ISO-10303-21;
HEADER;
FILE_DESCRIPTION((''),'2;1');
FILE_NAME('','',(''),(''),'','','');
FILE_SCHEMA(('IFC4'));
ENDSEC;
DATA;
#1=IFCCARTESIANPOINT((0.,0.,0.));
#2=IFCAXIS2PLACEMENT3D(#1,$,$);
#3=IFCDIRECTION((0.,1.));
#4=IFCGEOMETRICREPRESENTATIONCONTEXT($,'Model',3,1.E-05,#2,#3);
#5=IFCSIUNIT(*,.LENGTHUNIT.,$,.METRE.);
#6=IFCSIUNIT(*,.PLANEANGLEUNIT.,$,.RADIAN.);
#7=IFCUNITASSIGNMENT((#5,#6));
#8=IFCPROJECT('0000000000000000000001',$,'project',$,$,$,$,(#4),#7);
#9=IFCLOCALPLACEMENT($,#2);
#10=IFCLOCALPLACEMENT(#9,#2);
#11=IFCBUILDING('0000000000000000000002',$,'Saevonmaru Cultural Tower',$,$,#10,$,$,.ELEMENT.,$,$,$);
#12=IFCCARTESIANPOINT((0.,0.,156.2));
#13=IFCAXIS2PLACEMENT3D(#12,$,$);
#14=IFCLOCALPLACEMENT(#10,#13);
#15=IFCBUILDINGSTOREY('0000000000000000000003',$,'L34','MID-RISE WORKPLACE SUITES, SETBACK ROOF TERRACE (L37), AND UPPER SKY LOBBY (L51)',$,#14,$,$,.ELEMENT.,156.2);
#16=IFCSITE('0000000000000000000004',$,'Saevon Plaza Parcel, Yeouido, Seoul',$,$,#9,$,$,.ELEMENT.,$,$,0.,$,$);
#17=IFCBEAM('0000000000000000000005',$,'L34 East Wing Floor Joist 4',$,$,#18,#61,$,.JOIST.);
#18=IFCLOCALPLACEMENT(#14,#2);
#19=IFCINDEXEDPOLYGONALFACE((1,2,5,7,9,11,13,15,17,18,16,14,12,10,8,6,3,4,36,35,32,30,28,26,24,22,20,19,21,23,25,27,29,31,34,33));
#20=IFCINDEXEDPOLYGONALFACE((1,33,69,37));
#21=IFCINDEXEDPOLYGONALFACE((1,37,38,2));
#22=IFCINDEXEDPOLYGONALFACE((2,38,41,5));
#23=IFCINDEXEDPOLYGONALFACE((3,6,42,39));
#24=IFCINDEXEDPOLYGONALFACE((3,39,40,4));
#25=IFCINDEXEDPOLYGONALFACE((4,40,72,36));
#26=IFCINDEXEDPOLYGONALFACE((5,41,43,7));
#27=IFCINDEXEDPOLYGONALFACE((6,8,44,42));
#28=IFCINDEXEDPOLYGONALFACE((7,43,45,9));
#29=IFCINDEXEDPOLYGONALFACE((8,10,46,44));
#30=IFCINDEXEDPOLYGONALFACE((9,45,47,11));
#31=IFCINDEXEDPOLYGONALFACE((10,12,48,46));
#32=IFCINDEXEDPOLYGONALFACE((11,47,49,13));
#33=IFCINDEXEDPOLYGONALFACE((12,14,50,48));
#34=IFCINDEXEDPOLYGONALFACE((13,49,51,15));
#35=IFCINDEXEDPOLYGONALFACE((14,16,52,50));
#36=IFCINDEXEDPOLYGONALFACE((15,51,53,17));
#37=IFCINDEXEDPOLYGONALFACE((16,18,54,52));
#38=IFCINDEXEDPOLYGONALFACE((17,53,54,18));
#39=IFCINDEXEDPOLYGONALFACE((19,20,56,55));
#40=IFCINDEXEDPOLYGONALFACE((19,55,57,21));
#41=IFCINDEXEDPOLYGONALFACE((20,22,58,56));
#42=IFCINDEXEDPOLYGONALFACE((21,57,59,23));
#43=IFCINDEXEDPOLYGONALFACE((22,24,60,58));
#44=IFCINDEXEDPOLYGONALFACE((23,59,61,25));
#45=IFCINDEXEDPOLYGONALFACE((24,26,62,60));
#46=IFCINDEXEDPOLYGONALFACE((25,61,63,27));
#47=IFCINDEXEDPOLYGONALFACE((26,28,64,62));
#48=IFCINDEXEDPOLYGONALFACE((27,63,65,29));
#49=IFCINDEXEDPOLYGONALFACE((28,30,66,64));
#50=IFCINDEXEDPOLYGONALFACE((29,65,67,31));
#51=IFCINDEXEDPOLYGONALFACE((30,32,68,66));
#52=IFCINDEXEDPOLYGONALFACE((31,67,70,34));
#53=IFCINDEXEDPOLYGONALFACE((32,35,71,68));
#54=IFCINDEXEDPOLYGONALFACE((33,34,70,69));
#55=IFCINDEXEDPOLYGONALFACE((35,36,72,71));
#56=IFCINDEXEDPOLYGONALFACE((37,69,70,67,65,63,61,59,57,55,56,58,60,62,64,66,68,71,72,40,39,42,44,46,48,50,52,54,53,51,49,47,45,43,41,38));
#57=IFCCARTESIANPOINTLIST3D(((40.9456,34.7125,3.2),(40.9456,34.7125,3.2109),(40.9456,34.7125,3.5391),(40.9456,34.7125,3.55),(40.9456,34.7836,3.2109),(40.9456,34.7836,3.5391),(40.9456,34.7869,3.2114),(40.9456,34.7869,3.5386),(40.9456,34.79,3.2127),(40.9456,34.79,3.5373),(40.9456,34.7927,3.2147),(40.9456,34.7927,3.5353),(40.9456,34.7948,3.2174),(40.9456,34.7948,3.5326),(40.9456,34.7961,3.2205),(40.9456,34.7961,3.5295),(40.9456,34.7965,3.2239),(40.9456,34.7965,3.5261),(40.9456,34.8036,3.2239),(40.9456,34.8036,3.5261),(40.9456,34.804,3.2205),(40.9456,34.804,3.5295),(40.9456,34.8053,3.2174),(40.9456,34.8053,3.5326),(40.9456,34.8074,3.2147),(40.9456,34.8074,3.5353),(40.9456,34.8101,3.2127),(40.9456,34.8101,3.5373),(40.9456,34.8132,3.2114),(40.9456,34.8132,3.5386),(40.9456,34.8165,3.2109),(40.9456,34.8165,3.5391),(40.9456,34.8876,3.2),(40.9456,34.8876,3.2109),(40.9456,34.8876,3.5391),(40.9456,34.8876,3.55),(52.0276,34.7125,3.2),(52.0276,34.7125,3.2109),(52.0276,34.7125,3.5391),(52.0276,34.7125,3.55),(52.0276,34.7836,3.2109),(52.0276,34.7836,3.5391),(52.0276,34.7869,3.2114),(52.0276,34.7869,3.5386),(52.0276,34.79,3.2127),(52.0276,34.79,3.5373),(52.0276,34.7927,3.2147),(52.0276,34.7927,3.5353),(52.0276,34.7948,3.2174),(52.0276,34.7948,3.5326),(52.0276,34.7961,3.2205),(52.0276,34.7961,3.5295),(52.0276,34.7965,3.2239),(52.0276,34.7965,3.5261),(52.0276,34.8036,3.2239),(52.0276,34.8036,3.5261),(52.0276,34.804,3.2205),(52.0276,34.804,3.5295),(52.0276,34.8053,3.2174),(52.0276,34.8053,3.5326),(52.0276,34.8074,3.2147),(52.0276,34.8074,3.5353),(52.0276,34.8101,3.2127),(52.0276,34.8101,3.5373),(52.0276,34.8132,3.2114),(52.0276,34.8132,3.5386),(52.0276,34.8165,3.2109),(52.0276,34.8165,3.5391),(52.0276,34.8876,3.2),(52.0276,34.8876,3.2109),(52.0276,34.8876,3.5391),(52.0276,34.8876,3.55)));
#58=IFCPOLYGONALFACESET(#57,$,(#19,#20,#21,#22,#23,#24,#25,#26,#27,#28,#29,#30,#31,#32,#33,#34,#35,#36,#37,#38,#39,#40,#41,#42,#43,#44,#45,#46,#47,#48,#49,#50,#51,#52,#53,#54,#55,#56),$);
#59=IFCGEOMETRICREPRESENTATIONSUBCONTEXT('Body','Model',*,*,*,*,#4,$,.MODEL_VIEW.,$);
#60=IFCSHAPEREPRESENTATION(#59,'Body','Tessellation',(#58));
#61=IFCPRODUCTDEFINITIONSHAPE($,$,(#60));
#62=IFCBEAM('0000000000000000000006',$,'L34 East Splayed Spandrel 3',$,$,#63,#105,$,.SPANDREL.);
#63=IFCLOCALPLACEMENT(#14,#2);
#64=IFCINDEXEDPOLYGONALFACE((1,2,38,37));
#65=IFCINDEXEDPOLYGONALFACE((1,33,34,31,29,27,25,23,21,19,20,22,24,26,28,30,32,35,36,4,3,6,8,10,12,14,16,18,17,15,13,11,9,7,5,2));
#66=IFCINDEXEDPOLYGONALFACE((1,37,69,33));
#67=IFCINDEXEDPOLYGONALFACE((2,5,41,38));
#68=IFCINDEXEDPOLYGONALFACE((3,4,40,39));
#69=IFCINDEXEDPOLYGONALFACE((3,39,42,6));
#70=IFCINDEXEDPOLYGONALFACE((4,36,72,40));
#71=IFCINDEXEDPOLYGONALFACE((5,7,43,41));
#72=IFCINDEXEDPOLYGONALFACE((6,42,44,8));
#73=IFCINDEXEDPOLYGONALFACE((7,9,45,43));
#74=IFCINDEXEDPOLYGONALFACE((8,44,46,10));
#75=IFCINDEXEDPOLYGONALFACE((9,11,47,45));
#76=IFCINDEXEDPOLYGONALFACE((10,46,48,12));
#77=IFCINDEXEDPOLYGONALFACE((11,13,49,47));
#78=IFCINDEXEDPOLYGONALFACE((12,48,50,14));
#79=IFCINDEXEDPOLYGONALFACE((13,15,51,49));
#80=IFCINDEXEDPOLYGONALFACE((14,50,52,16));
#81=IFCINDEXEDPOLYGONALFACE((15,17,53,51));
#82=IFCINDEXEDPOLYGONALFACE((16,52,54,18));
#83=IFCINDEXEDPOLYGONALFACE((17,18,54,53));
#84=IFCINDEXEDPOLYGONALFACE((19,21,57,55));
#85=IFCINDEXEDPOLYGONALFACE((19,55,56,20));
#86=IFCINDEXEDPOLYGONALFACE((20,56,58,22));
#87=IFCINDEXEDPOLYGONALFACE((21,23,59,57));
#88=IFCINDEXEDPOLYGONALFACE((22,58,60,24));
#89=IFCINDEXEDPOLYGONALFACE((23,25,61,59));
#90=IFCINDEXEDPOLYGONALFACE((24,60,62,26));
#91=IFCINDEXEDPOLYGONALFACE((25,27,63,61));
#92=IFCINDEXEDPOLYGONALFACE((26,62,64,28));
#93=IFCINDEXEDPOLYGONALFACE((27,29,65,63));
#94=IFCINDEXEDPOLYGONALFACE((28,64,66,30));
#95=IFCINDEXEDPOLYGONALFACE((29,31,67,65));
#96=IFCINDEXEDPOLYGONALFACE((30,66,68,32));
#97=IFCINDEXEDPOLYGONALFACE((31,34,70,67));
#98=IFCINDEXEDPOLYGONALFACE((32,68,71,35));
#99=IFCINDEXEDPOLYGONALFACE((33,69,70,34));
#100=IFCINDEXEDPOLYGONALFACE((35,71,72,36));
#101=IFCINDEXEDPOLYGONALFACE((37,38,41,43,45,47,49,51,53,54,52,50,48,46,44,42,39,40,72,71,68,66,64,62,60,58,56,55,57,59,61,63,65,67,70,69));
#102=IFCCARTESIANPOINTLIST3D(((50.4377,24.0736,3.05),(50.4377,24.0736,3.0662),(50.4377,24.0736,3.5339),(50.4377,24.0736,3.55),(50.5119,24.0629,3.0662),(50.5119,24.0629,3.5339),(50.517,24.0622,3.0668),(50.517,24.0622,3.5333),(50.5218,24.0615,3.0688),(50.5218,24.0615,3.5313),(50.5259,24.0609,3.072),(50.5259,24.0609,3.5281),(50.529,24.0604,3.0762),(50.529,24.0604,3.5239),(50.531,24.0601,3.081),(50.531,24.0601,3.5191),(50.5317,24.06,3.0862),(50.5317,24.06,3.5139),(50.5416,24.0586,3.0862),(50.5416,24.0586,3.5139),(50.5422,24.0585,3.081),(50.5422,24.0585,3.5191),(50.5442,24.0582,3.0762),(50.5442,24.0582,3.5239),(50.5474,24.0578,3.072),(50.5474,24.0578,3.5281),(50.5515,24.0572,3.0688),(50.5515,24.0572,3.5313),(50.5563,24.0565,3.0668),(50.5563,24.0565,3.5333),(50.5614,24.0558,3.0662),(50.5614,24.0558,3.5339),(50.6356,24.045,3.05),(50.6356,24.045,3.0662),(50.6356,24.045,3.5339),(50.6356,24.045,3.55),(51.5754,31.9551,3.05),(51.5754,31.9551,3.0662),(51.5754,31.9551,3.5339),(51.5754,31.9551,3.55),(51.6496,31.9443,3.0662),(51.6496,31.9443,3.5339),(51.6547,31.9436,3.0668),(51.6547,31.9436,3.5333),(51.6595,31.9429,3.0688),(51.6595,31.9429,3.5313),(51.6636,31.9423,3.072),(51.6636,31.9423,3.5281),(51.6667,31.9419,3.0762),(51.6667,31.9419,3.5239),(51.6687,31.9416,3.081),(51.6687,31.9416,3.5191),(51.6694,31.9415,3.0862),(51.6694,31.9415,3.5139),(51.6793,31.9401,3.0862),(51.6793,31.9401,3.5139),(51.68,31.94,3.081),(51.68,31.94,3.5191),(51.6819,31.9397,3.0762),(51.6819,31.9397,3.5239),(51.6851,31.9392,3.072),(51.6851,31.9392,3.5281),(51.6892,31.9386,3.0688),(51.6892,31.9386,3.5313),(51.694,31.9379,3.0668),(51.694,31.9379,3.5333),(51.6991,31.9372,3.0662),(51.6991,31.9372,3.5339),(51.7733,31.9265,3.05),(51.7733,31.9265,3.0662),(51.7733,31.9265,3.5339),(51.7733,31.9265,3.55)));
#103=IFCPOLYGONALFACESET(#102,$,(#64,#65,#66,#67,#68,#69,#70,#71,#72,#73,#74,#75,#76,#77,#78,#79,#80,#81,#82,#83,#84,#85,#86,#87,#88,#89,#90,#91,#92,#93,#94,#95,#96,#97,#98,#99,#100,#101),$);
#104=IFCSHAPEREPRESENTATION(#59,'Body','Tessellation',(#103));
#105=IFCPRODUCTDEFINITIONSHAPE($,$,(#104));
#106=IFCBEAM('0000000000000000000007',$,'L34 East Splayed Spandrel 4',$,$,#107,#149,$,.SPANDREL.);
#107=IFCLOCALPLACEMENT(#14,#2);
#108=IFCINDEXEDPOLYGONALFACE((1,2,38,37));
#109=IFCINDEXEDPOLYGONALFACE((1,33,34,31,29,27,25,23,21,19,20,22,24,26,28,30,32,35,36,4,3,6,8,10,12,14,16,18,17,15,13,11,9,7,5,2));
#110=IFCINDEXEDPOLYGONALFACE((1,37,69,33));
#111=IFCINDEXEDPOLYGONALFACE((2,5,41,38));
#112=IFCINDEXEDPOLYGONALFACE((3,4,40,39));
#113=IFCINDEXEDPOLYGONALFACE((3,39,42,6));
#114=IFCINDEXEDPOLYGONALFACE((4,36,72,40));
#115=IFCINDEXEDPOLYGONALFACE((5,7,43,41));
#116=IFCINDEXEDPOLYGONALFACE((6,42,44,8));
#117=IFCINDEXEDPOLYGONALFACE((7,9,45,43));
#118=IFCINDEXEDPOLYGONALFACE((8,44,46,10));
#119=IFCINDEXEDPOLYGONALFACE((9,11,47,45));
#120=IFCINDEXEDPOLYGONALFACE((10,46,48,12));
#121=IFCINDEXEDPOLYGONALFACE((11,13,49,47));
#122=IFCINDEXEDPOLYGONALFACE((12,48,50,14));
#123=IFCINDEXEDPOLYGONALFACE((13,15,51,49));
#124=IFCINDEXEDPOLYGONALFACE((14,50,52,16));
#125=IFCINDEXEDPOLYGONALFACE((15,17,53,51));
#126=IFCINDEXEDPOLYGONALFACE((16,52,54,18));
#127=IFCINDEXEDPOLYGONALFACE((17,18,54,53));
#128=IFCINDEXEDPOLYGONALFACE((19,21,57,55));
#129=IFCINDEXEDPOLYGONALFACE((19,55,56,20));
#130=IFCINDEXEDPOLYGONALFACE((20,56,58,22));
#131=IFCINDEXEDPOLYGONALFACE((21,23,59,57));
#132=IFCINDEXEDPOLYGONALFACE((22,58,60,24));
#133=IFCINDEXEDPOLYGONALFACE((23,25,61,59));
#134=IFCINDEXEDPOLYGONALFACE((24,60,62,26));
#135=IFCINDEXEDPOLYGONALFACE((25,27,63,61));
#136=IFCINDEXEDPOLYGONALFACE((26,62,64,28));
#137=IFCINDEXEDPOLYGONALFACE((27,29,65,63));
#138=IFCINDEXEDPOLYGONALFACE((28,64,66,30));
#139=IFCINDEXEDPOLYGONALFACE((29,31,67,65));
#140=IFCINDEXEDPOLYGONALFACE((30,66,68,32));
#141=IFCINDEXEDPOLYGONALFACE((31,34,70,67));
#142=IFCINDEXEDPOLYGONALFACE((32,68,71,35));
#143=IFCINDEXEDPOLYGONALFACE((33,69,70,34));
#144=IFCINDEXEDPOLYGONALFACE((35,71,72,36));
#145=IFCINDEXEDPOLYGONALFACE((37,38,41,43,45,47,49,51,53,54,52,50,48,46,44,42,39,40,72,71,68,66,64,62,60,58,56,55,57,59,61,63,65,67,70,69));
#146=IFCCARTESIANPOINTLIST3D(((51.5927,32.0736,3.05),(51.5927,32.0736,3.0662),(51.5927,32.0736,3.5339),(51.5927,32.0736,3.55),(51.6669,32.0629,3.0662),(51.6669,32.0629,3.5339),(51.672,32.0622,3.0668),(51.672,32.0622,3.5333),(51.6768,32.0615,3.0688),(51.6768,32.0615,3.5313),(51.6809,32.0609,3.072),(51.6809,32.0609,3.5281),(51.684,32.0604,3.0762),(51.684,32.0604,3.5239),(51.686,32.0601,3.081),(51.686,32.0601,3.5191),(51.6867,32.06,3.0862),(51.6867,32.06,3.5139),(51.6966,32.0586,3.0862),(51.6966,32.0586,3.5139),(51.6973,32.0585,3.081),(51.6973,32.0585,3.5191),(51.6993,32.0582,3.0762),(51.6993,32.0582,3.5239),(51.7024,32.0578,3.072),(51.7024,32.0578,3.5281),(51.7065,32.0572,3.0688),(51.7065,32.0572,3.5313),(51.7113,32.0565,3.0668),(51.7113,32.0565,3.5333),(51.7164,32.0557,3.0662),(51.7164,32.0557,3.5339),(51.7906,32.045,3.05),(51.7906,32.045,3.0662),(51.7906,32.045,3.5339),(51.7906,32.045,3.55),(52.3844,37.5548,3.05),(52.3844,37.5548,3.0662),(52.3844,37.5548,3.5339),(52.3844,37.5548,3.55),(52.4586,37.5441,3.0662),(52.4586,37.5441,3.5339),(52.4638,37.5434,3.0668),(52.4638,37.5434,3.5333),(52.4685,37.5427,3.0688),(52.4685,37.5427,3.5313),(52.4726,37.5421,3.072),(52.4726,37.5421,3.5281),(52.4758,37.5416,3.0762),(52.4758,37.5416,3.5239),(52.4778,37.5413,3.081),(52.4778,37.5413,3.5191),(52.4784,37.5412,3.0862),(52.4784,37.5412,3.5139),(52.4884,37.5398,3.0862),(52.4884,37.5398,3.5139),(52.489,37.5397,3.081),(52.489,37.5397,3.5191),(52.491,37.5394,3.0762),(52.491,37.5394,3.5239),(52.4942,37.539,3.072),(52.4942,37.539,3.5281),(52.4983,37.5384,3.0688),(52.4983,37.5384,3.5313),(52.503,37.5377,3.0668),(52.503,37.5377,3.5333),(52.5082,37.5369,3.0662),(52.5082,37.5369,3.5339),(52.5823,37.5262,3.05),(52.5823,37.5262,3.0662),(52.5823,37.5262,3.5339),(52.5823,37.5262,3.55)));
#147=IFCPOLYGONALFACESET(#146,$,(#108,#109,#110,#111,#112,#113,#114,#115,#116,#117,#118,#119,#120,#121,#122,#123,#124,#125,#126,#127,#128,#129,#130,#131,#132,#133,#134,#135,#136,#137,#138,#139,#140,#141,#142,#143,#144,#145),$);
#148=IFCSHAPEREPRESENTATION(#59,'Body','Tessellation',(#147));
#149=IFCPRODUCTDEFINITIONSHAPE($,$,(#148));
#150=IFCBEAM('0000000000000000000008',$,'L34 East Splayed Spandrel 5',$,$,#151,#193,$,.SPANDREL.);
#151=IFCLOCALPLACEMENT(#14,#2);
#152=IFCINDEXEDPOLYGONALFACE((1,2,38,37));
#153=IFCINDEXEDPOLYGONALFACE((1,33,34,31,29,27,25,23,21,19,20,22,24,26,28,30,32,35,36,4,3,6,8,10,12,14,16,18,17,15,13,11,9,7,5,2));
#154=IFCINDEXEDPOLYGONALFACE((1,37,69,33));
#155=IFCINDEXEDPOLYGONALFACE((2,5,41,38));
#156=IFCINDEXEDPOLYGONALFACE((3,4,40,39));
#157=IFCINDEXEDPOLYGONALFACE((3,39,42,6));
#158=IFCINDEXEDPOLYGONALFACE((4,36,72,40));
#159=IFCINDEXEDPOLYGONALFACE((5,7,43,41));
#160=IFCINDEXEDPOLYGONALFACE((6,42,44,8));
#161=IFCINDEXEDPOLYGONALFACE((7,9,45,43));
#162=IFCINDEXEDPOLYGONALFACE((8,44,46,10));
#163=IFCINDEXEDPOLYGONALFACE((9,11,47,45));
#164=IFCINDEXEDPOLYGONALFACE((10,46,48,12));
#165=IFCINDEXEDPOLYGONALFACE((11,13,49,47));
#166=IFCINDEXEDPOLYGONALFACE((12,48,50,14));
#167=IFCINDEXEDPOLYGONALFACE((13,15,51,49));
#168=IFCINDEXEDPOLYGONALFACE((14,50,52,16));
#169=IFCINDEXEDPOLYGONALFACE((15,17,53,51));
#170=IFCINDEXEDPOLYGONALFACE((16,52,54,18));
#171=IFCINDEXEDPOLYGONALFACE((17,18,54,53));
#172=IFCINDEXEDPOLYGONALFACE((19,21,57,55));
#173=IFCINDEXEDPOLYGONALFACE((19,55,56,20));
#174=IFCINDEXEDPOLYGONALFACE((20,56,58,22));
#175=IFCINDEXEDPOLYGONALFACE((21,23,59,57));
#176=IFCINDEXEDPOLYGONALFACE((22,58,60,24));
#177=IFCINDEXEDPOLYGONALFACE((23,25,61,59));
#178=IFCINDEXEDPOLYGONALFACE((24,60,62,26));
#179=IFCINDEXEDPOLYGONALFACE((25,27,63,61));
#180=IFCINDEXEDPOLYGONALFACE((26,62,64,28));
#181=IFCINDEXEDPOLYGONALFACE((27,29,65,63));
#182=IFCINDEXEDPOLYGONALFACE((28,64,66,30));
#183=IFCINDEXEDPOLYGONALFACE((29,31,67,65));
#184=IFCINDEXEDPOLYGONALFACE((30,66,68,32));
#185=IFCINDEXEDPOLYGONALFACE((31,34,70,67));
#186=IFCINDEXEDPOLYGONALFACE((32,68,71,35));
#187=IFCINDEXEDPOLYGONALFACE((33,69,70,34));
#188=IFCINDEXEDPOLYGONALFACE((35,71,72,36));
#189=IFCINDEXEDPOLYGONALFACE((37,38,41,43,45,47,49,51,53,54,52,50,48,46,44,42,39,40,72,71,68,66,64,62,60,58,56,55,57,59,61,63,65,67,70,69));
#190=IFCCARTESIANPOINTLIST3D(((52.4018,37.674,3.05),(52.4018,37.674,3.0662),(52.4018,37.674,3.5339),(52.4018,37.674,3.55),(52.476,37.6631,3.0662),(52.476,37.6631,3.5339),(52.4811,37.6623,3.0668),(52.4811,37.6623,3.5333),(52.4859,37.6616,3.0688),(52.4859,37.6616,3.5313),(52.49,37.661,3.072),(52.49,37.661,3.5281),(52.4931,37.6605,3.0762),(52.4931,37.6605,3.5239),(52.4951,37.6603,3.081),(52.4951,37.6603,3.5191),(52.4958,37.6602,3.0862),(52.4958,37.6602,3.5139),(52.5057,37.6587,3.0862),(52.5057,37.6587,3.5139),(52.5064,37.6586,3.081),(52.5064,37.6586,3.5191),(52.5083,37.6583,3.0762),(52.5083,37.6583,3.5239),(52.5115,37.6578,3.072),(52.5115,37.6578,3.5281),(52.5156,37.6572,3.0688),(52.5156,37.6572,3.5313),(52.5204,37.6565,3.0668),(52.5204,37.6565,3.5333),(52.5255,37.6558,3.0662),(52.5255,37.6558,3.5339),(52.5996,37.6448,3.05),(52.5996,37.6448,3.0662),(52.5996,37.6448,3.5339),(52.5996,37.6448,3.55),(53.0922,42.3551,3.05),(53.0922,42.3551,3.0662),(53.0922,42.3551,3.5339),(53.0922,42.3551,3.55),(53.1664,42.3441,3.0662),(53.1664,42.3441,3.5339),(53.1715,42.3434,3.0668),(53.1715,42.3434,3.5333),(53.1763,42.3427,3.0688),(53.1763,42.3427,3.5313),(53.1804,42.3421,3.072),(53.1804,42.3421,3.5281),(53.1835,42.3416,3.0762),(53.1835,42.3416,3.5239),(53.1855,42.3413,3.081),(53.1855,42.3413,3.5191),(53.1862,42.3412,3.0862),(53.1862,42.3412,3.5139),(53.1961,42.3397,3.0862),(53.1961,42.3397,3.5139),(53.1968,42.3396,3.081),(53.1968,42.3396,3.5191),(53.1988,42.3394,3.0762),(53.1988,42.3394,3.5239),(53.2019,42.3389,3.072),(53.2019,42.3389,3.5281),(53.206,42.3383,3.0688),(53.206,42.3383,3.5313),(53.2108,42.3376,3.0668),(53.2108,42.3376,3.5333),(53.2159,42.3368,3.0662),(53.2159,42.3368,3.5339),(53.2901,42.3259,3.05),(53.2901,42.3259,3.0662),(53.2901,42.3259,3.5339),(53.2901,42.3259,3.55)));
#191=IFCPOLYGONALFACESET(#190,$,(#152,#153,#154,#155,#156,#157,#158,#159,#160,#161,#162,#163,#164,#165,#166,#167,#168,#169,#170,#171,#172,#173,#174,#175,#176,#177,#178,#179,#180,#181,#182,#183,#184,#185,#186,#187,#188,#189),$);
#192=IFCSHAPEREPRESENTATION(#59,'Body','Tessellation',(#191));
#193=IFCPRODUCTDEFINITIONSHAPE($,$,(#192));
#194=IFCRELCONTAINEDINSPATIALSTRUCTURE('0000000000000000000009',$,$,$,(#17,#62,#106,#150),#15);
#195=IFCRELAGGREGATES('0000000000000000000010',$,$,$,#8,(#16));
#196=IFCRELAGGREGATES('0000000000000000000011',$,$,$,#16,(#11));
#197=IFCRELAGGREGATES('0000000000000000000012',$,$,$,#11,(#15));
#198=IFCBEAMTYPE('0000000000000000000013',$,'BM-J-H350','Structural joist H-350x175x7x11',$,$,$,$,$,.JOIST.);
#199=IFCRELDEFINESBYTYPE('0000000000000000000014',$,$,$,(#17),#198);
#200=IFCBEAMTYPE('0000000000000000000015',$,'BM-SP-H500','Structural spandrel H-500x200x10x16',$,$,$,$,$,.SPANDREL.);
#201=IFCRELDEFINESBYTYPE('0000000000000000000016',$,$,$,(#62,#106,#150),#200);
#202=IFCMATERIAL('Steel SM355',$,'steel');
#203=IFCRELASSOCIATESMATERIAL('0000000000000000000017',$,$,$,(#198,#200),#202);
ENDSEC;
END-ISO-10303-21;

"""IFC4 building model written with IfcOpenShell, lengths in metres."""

from ifc_helpers import new_model, si_unit, direction, frame, origin, origin_2d, place, context, subcontext, project, spatial, i_section, extrude, material, material_profile, profile_set, type_object, element, save


model = new_model("IFC4")

# Units and contexts
model_context = context("Model", 3, precision=1e-05, world=origin(), true_north=direction((0.0, 1.0)))
body_context = subcontext(model_context, "Body", "Model", "MODEL_VIEW")
ifc_project = project(units=[si_unit("LENGTHUNIT", "METRE"), si_unit("PLANEANGLEUNIT", "RADIAN")], contexts=[model_context])

# Site, building, storey
site_placement = place(None, origin())
site = spatial("IfcSite", under=ifc_project, at=site_placement, Name="Saevon Plaza Parcel, Yeouido, Seoul", CompositionType="ELEMENT", RefElevation=0.0)
building_placement = place(site_placement, origin())
building = spatial("IfcBuilding", under=site, at=building_placement, Name="Saevonmaru Cultural Tower", CompositionType="ELEMENT")
storey_placement = place(building_placement, frame((0.0, 0.0, 156.2)))
storey = spatial("IfcBuildingStorey", under=building, at=storey_placement, Name="L34", Description="MID-RISE WORKPLACE SUITES, SETBACK ROOF TERRACE (L37), AND UPPER SKY LOBBY (L51)", CompositionType="ELEMENT", Elevation=156.2)

# Shared definitions
ifc_material_1 = material(Name="Steel SM355", Category="steel")

# Beams
ifc_material_profile_1 = material_profile(ifc_material_1, i_section(OverallWidth=0.175, OverallDepth=0.3501, WebThickness=0.0071, FlangeThickness=0.011, FilletRadius=0.0129, at=origin_2d()), Name="H-350x175x7x11")
ifc_profile_set_1 = profile_set([ifc_material_profile_1], Name="Steel SM355")
beam_type_1 = type_object("IfcBeamType", Name="BM-J-H350", Description="Structural joist H-350x175x7x11", PredefinedType="JOIST", material=ifc_profile_set_1)
beam_1_placement = place(storey_placement, frame((40.9456, 34.8, 3.375), z_axis=(1.0, 0.0, 0.0), x_axis=(0.0, 1.0, 0.0)))
element("IfcBeam", 1, at=beam_1_placement, inside=storey, type_object=beam_type_1, Name="L34 East Wing Floor Joist 4", PredefinedType="JOIST", context=body_context, shape_type="SweptSolid", body=[
    extrude(i_section(OverallWidth=0.175, OverallDepth=0.3501, WebThickness=0.0071, FlangeThickness=0.011, FilletRadius=0.0129, at=origin_2d()), origin(), (0.0, 0.0, 1.0), 11.082),
])
ifc_material_profile_2 = material_profile(ifc_material_1, i_section(OverallWidth=0.2, OverallDepth=0.5, WebThickness=0.01, FlangeThickness=0.0161, FilletRadius=0.02, at=origin_2d()), Name="H-500x200x10x16")
ifc_profile_set_2 = profile_set([ifc_material_profile_2], Name="Steel SM355")
beam_type_2 = type_object("IfcBeamType", Name="BM-SP-H500", Description="Structural spandrel H-500x200x10x16", PredefinedType="SPANDREL", material=ifc_profile_set_2)
beam_2_placement = place(storey_placement, frame((50.5366, 24.0593, 3.3), z_axis=(0.142872, 0.989741, 0.0), x_axis=(-0.989741, 0.142872, 0.0)))
element("IfcBeam", 2, at=beam_2_placement, inside=storey, type_object=beam_type_2, Name="L34 East Splayed Spandrel 3", PredefinedType="SPANDREL", context=body_context, shape_type="SweptSolid", body=[
    extrude(i_section(OverallWidth=0.2, OverallDepth=0.5, WebThickness=0.01, FlangeThickness=0.0161, FilletRadius=0.02, at=origin_2d()), origin(), (0.0, 0.0, 1.0), 7.9631),
])
beam_3_placement = place(storey_placement, frame((51.6917, 32.0593, 3.3), z_axis=(0.142964, 0.989728, 0.0), x_axis=(-0.989728, 0.142964, 0.0)))
element("IfcBeam", 3, at=beam_3_placement, inside=storey, type_object=beam_type_2, Name="L34 East Splayed Spandrel 4", PredefinedType="SPANDREL", context=body_context, shape_type="SweptSolid", body=[
    extrude(i_section(OverallWidth=0.2, OverallDepth=0.5, WebThickness=0.01, FlangeThickness=0.0161, FilletRadius=0.02, at=origin_2d()), origin(), (0.0, 0.0, 1.0), 5.5381),
])
beam_4_placement = place(storey_placement, frame((52.5007, 37.6594, 3.3), z_axis=(0.145913, 0.989297, 0.0), x_axis=(-0.989297, 0.145913, 0.0)))
element("IfcBeam", 4, at=beam_4_placement, inside=storey, type_object=beam_type_2, Name="L34 East Splayed Spandrel 5", PredefinedType="SPANDREL", context=body_context, shape_type="SweptSolid", body=[
    extrude(i_section(OverallWidth=0.2, OverallDepth=0.5, WebThickness=0.01, FlangeThickness=0.0161, FilletRadius=0.02, at=origin_2d()), origin(), (0.0, 0.0, 1.0), 4.7317),
])

save(model, "model.ifc")
